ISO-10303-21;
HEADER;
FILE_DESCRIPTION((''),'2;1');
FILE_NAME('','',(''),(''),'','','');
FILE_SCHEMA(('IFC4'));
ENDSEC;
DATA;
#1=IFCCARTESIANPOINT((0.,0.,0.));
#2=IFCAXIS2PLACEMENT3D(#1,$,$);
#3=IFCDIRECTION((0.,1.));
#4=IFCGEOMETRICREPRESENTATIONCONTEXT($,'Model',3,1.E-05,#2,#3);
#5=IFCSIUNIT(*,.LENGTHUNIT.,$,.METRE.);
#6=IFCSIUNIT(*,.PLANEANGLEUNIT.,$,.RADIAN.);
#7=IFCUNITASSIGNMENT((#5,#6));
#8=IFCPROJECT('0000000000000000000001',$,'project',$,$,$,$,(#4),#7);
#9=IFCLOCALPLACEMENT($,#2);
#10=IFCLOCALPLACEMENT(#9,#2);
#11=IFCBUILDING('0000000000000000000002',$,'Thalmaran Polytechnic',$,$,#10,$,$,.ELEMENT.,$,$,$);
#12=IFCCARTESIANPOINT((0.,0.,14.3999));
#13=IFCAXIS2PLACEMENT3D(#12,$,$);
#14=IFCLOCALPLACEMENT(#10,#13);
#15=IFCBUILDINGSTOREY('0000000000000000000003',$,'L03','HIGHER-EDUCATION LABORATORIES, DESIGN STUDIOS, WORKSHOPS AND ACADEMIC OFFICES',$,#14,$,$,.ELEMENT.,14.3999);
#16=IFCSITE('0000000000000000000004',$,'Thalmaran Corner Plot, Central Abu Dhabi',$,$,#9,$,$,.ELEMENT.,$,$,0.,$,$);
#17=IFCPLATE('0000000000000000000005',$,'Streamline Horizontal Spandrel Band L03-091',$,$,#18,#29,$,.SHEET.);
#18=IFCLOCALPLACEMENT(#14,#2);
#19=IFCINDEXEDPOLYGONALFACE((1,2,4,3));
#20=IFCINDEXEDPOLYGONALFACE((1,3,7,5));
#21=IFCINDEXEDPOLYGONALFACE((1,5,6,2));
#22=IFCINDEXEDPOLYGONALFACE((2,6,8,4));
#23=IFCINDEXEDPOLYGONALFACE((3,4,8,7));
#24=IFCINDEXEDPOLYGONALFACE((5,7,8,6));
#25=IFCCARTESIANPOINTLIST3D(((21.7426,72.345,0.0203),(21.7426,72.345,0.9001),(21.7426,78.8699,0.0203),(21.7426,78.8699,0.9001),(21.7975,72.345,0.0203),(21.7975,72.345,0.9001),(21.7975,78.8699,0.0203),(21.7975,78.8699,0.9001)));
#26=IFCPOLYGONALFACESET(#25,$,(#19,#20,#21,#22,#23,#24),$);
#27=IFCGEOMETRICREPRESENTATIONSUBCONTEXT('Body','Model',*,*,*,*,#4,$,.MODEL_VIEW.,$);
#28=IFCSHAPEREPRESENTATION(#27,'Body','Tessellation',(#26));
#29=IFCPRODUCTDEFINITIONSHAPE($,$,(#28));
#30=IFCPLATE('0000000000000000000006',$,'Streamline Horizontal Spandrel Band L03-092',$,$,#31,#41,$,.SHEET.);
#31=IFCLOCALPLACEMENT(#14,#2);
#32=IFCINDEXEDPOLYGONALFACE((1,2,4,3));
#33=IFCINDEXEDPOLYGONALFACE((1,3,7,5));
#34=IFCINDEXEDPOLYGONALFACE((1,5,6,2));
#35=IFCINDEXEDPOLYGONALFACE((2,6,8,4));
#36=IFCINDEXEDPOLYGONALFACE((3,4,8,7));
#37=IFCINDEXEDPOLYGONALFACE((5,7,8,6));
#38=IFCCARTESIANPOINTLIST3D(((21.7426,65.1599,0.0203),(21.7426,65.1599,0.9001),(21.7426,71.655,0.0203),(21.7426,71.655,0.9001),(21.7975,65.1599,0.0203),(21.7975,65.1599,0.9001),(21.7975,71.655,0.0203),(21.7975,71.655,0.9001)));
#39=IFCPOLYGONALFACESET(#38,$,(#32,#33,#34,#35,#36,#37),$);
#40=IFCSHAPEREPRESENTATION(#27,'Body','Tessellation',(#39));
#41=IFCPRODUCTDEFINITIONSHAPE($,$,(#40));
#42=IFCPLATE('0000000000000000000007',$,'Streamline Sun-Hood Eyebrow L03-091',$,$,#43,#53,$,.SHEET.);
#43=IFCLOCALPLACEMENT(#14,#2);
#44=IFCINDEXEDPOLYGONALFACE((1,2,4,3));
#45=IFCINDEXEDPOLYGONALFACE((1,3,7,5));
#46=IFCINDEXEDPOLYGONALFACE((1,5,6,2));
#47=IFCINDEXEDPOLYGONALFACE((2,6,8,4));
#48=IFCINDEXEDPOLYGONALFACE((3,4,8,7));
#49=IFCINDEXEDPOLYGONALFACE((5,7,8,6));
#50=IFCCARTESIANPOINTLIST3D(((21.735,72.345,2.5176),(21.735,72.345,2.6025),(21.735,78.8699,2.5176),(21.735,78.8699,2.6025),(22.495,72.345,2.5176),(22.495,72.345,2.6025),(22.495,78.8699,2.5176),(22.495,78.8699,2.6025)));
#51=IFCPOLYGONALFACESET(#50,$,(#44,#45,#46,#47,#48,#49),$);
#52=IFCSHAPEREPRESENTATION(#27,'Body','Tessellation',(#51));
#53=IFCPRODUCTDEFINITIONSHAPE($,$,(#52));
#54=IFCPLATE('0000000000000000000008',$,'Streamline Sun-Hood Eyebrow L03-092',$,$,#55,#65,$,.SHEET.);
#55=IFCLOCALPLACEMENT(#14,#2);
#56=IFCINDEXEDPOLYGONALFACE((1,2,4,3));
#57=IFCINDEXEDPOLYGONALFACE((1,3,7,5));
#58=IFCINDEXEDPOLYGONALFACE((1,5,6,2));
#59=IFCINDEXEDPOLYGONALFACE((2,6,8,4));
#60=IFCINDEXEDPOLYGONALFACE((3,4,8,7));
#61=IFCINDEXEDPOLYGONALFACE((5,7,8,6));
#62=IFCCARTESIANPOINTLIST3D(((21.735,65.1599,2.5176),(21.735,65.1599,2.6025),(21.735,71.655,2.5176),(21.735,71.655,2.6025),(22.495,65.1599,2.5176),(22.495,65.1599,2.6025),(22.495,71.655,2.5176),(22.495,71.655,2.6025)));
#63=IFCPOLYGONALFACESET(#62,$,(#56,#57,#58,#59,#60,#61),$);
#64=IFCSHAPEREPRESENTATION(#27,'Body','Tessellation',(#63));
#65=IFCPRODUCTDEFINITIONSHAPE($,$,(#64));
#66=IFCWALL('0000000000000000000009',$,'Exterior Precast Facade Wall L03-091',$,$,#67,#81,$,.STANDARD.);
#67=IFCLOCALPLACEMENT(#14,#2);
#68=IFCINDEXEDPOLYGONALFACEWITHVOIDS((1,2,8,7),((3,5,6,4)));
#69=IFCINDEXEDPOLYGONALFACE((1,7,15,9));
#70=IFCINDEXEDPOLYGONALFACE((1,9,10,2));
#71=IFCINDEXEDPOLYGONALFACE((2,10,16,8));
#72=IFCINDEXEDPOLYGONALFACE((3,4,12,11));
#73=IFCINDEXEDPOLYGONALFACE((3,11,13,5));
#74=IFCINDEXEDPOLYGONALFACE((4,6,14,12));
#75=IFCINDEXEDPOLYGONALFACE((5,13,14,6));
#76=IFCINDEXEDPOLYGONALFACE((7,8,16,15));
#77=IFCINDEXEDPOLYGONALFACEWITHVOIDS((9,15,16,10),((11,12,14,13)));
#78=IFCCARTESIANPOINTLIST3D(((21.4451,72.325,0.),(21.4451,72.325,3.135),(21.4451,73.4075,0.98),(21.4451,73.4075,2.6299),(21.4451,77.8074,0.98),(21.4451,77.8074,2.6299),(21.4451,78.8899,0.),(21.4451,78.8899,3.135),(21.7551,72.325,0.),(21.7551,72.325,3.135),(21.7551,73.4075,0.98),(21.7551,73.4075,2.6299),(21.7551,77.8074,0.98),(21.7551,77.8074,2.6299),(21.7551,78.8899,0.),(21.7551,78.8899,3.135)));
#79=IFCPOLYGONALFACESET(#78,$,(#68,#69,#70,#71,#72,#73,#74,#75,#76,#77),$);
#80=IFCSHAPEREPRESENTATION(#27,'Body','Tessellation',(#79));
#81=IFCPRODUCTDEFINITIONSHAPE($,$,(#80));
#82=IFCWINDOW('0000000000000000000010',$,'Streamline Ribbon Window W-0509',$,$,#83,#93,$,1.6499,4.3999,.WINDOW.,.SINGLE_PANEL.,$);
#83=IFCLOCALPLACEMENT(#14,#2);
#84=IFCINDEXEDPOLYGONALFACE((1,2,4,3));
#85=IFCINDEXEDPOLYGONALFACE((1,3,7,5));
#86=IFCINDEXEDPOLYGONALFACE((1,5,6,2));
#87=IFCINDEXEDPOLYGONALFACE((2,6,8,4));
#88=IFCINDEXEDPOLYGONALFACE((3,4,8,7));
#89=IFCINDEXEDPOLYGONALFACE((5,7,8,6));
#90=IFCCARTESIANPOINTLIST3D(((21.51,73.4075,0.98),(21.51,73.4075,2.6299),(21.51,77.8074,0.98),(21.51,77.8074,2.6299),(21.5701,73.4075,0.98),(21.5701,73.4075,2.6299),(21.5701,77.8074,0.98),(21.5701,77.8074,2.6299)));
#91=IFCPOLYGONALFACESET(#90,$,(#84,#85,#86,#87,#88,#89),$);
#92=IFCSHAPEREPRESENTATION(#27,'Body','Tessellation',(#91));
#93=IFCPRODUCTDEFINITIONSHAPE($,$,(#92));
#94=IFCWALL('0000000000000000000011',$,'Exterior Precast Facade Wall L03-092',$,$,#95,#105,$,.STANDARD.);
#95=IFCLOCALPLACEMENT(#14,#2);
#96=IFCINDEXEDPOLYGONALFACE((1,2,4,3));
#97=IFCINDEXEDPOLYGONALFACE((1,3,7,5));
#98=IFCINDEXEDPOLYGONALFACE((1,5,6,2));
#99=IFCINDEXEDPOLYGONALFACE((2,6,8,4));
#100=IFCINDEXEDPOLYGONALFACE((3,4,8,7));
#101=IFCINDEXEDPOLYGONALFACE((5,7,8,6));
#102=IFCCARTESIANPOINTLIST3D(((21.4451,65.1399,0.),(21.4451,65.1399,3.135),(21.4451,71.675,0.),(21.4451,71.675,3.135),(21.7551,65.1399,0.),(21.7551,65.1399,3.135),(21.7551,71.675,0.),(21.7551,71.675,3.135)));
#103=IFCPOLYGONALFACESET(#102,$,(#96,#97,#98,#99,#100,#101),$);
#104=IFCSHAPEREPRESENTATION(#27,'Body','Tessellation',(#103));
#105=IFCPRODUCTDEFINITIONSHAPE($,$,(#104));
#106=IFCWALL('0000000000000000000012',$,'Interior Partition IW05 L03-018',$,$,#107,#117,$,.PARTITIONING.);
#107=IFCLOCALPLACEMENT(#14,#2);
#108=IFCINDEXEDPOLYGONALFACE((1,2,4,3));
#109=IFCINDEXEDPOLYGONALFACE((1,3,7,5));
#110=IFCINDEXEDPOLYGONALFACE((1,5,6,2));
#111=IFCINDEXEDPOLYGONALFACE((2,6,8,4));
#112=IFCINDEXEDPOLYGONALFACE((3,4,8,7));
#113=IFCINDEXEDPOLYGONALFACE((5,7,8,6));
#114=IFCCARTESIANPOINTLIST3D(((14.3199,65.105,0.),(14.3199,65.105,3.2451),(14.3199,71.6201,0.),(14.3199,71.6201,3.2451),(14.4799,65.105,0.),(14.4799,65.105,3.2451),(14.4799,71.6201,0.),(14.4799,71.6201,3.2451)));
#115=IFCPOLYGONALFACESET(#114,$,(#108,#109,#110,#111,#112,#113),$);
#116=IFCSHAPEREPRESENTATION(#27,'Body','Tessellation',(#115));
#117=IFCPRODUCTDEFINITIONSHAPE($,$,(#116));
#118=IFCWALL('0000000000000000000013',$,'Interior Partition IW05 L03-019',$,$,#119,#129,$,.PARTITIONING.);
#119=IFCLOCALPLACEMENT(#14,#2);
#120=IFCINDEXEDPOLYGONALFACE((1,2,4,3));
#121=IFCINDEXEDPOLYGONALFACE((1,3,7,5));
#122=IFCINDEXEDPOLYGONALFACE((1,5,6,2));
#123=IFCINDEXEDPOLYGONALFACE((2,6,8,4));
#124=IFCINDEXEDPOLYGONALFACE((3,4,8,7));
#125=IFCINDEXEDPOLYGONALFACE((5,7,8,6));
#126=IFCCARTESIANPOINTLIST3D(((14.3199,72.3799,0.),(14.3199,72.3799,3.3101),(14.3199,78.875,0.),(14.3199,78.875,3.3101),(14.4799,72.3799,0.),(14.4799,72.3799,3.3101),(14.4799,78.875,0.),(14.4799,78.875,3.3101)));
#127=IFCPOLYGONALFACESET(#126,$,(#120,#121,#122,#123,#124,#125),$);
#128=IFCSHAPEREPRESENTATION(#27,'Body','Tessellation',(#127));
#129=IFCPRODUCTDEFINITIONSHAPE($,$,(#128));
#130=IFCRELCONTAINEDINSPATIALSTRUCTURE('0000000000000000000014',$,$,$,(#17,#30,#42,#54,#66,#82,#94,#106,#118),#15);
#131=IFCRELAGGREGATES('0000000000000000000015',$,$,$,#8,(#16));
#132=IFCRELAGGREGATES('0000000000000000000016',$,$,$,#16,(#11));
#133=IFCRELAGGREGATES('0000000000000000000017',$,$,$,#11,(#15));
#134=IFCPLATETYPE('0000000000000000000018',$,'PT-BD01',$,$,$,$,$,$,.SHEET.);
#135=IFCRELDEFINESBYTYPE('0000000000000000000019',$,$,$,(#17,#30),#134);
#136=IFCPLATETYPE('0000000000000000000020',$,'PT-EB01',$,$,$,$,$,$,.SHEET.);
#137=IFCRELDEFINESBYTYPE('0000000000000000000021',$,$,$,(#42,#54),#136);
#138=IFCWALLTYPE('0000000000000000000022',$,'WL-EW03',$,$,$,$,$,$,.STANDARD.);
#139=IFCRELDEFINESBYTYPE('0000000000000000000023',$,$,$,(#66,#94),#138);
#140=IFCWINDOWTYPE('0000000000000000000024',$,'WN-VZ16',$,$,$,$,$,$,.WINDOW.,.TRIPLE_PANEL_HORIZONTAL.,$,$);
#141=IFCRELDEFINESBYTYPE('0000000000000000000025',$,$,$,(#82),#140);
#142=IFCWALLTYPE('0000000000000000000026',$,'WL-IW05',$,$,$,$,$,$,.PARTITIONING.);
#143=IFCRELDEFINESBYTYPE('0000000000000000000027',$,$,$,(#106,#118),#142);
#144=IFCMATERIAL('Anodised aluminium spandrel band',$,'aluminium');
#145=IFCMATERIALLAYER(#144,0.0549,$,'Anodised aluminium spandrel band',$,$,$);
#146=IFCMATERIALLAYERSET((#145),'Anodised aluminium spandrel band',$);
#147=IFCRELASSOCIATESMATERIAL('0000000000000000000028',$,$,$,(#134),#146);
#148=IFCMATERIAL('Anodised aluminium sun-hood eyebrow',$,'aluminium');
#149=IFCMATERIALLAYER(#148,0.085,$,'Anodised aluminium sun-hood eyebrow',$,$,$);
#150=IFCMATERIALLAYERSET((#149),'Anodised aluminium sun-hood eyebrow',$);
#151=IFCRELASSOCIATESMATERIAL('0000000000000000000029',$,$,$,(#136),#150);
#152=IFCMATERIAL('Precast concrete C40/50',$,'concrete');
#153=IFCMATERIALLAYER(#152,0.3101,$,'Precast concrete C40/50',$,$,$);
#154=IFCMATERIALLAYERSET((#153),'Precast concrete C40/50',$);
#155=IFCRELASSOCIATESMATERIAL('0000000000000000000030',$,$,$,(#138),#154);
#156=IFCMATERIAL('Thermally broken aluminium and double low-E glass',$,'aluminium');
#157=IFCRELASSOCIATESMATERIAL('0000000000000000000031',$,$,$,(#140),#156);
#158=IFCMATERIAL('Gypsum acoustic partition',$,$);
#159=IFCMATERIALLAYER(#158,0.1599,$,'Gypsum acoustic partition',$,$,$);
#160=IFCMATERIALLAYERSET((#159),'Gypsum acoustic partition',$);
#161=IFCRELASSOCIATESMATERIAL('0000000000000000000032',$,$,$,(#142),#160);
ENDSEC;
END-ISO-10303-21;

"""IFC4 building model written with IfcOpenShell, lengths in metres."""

from ifc_helpers import new_model, si_unit, direction, frame, frame_2d, origin, origin_2d, place, context, subcontext, project, spatial, rectangle, extrude, material, layer, layer_set, type_object, element, fill, save


model = new_model("IFC4")

# Units and contexts
model_context = context("Model", 3, precision=1e-05, world=origin(), true_north=direction((0.0, 1.0)))
body_context = subcontext(model_context, "Body", "Model", "MODEL_VIEW")
ifc_project = project(units=[si_unit("LENGTHUNIT", "METRE"), si_unit("PLANEANGLEUNIT", "RADIAN")], contexts=[model_context])

# Site, building, storey
site_placement = place(None, origin())
site = spatial("IfcSite", under=ifc_project, at=site_placement, Name="Thalmaran Corner Plot, Central Abu Dhabi", CompositionType="ELEMENT", RefElevation=0.0)
building_placement = place(site_placement, origin())
building = spatial("IfcBuilding", under=site, at=building_placement, Name="Thalmaran Polytechnic", CompositionType="ELEMENT")
storey_placement = place(building_placement, frame((0.0, 0.0, 14.3999)))
storey = spatial("IfcBuildingStorey", under=building, at=storey_placement, Name="L03", Description="HIGHER-EDUCATION LABORATORIES, DESIGN STUDIOS, WORKSHOPS AND ACADEMIC OFFICES", CompositionType="ELEMENT", Elevation=14.3999)

# Plates
ifc_material_1 = material(Name="Anodised aluminium spandrel band", Category="aluminium")
ifc_layer_1 = layer(ifc_material_1, 0.0549, Name="Anodised aluminium spandrel band")
ifc_layer_set_1 = layer_set([ifc_layer_1], Name="Anodised aluminium spandrel band")
plate_type_1 = type_object("IfcPlateType", Name="PT-BD01", PredefinedType="SHEET", material=ifc_layer_set_1)
plate_1_placement = place(storey_placement, frame((21.77, 75.6074, 0.0203), z_axis=(0.0, 0.0, 1.0), x_axis=(0.0, -1.0, 0.0)))
element("IfcPlate", 1, at=plate_1_placement, inside=storey, type_object=plate_type_1, Name="Streamline Horizontal Spandrel Band L03-091", PredefinedType="SHEET", context=body_context, shape_type="SweptSolid", body=[
    extrude(rectangle(XDim=6.5249, YDim=0.0549, at=origin_2d()), origin(), (0.0, 0.0, 1.0), 0.8799),
])
plate_2_placement = place(storey_placement, frame((21.77, 68.4075, 0.0203), z_axis=(0.0, 0.0, 1.0), x_axis=(0.0, -1.0, 0.0)))
element("IfcPlate", 2, at=plate_2_placement, inside=storey, type_object=plate_type_1, Name="Streamline Horizontal Spandrel Band L03-092", PredefinedType="SHEET", context=body_context, shape_type="SweptSolid", body=[
    extrude(rectangle(XDim=6.4951, YDim=0.0549, at=origin_2d()), origin(), (0.0, 0.0, 1.0), 0.8799),
])
ifc_material_2 = material(Name="Anodised aluminium sun-hood eyebrow", Category="aluminium")
ifc_layer_2 = layer(ifc_material_2, 0.085, Name="Anodised aluminium sun-hood eyebrow")
ifc_layer_set_2 = layer_set([ifc_layer_2], Name="Anodised aluminium sun-hood eyebrow")
plate_type_2 = type_object("IfcPlateType", Name="PT-EB01", PredefinedType="SHEET", material=ifc_layer_set_2)
plate_3_placement = place(storey_placement, frame((22.115, 75.6074, 2.5176), z_axis=(0.0, 0.0, 1.0), x_axis=(0.0, -1.0, 0.0)))
element("IfcPlate", 3, at=plate_3_placement, inside=storey, type_object=plate_type_2, Name="Streamline Sun-Hood Eyebrow L03-091", PredefinedType="SHEET", context=body_context, shape_type="SweptSolid", body=[
    extrude(rectangle(XDim=6.5249, YDim=0.76, at=origin_2d()), origin(), (0.0, 0.0, 1.0), 0.085),
])
plate_4_placement = place(storey_placement, frame((22.115, 68.4075, 2.5176), z_axis=(0.0, 0.0, 1.0), x_axis=(0.0, -1.0, 0.0)))
element("IfcPlate", 4, at=plate_4_placement, inside=storey, type_object=plate_type_2, Name="Streamline Sun-Hood Eyebrow L03-092", PredefinedType="SHEET", context=body_context, shape_type="SweptSolid", body=[
    extrude(rectangle(XDim=6.4951, YDim=0.76, at=origin_2d()), origin(), (0.0, 0.0, 1.0), 0.085),
])

# Wall, opening, window
ifc_material_3 = material(Name="Precast concrete C40/50", Category="concrete")
ifc_layer_3 = layer(ifc_material_3, 0.3101, Name="Precast concrete C40/50")
ifc_layer_set_3 = layer_set([ifc_layer_3], Name="Precast concrete C40/50")
wall_type_1 = type_object("IfcWallType", Name="WL-EW03", PredefinedType="STANDARD", material=ifc_layer_set_3)
wall_1_placement = place(storey_placement, frame((21.6001, 78.8899, 0.0), z_axis=(0.0, 0.0, 1.0), x_axis=(0.0, -1.0, 0.0)))
wall_1 = element("IfcWall", 5, at=wall_1_placement, inside=storey, type_object=wall_type_1, Name="Exterior Precast Facade Wall L03-091", PredefinedType="STANDARD", context=body_context, shape_type="SweptSolid", body=[
    extrude(rectangle(XDim=6.5649, YDim=0.3101, at=frame_2d((3.2825, 0.0))), origin(), (0.0, 0.0, 1.0), 3.135),
])
opening_placement = place(wall_1_placement, frame((1.0825, 0.0, 0.98)))
opening = element("IfcOpeningElement", 6, at=opening_placement, cuts=wall_1, PredefinedType="OPENING", context=body_context, shape_type="SweptSolid", body=[
    extrude(rectangle(XDim=4.3999, YDim=1.6499, at=frame_2d((2.2, 0.825))), frame((0.0, 0.165, 0.0), z_axis=(0.0, -1.0, 0.0), x_axis=(1.0, 0.0, 0.0)), (0.0, 0.0, 1.0), 0.3301),
])
ifc_material_4 = material(Name="Thermally broken aluminium and double low-E glass", Category="aluminium")
window_type = type_object("IfcWindowType", Name="WN-VZ16", PartitioningType="TRIPLE_PANEL_HORIZONTAL", PredefinedType="WINDOW", material=ifc_material_4)
window_placement = place(opening_placement, origin())
window = element("IfcWindow", 7, at=window_placement, inside=storey, type_object=window_type, Name="Streamline Ribbon Window W-0509", OverallHeight=1.6499, OverallWidth=4.3999, PartitioningType="SINGLE_PANEL", PredefinedType="WINDOW", context=body_context, shape_type="SweptSolid", body=[
    extrude(rectangle(XDim=4.3999, YDim=1.6499, at=frame_2d((2.2, 0.825))), frame((0.0, -0.03, 0.0), z_axis=(0.0, -1.0, 0.0), x_axis=(1.0, 0.0, 0.0)), (0.0, 0.0, 1.0), 0.0601),
])
fill(opening, window)

# Walls
wall_2_placement = place(storey_placement, frame((21.6001, 71.675, 0.0), z_axis=(0.0, 0.0, 1.0), x_axis=(0.0, -1.0, 0.0)))
element("IfcWall", 8, at=wall_2_placement, inside=storey, type_object=wall_type_1, Name="Exterior Precast Facade Wall L03-092", PredefinedType="STANDARD", context=body_context, shape_type="SweptSolid", body=[
    extrude(rectangle(XDim=6.5352, YDim=0.3101, at=frame_2d((3.2676, 0.0))), origin(), (0.0, 0.0, 1.0), 3.135),
])
ifc_material_5 = material(Name="Gypsum acoustic partition")
ifc_layer_4 = layer(ifc_material_5, 0.1599, Name="Gypsum acoustic partition")
ifc_layer_set_4 = layer_set([ifc_layer_4], Name="Gypsum acoustic partition")
wall_type_2 = type_object("IfcWallType", Name="WL-IW05", PredefinedType="PARTITIONING", material=ifc_layer_set_4)
wall_3_placement = place(storey_placement, frame((14.3999, 65.105, 0.0), z_axis=(0.0, 0.0, 1.0), x_axis=(0.0, 1.0, 0.0)))
element("IfcWall", 9, at=wall_3_placement, inside=storey, type_object=wall_type_2, Name="Interior Partition IW05 L03-018", PredefinedType="PARTITIONING", context=body_context, shape_type="SweptSolid", body=[
    extrude(rectangle(XDim=6.5151, YDim=0.1599, at=frame_2d((3.2576, 0.0))), origin(), (0.0, 0.0, 1.0), 3.2451),
])
wall_4_placement = place(storey_placement, frame((14.3999, 72.3799, 0.0), z_axis=(0.0, 0.0, 1.0), x_axis=(0.0, 1.0, 0.0)))
element("IfcWall", 10, at=wall_4_placement, inside=storey, type_object=wall_type_2, Name="Interior Partition IW05 L03-019", PredefinedType="PARTITIONING", context=body_context, shape_type="SweptSolid", body=[
    extrude(rectangle(XDim=6.4951, YDim=0.1599, at=frame_2d((3.2476, 0.0))), origin(), (0.0, 0.0, 1.0), 3.3101),
])

save(model, "model.ifc")
